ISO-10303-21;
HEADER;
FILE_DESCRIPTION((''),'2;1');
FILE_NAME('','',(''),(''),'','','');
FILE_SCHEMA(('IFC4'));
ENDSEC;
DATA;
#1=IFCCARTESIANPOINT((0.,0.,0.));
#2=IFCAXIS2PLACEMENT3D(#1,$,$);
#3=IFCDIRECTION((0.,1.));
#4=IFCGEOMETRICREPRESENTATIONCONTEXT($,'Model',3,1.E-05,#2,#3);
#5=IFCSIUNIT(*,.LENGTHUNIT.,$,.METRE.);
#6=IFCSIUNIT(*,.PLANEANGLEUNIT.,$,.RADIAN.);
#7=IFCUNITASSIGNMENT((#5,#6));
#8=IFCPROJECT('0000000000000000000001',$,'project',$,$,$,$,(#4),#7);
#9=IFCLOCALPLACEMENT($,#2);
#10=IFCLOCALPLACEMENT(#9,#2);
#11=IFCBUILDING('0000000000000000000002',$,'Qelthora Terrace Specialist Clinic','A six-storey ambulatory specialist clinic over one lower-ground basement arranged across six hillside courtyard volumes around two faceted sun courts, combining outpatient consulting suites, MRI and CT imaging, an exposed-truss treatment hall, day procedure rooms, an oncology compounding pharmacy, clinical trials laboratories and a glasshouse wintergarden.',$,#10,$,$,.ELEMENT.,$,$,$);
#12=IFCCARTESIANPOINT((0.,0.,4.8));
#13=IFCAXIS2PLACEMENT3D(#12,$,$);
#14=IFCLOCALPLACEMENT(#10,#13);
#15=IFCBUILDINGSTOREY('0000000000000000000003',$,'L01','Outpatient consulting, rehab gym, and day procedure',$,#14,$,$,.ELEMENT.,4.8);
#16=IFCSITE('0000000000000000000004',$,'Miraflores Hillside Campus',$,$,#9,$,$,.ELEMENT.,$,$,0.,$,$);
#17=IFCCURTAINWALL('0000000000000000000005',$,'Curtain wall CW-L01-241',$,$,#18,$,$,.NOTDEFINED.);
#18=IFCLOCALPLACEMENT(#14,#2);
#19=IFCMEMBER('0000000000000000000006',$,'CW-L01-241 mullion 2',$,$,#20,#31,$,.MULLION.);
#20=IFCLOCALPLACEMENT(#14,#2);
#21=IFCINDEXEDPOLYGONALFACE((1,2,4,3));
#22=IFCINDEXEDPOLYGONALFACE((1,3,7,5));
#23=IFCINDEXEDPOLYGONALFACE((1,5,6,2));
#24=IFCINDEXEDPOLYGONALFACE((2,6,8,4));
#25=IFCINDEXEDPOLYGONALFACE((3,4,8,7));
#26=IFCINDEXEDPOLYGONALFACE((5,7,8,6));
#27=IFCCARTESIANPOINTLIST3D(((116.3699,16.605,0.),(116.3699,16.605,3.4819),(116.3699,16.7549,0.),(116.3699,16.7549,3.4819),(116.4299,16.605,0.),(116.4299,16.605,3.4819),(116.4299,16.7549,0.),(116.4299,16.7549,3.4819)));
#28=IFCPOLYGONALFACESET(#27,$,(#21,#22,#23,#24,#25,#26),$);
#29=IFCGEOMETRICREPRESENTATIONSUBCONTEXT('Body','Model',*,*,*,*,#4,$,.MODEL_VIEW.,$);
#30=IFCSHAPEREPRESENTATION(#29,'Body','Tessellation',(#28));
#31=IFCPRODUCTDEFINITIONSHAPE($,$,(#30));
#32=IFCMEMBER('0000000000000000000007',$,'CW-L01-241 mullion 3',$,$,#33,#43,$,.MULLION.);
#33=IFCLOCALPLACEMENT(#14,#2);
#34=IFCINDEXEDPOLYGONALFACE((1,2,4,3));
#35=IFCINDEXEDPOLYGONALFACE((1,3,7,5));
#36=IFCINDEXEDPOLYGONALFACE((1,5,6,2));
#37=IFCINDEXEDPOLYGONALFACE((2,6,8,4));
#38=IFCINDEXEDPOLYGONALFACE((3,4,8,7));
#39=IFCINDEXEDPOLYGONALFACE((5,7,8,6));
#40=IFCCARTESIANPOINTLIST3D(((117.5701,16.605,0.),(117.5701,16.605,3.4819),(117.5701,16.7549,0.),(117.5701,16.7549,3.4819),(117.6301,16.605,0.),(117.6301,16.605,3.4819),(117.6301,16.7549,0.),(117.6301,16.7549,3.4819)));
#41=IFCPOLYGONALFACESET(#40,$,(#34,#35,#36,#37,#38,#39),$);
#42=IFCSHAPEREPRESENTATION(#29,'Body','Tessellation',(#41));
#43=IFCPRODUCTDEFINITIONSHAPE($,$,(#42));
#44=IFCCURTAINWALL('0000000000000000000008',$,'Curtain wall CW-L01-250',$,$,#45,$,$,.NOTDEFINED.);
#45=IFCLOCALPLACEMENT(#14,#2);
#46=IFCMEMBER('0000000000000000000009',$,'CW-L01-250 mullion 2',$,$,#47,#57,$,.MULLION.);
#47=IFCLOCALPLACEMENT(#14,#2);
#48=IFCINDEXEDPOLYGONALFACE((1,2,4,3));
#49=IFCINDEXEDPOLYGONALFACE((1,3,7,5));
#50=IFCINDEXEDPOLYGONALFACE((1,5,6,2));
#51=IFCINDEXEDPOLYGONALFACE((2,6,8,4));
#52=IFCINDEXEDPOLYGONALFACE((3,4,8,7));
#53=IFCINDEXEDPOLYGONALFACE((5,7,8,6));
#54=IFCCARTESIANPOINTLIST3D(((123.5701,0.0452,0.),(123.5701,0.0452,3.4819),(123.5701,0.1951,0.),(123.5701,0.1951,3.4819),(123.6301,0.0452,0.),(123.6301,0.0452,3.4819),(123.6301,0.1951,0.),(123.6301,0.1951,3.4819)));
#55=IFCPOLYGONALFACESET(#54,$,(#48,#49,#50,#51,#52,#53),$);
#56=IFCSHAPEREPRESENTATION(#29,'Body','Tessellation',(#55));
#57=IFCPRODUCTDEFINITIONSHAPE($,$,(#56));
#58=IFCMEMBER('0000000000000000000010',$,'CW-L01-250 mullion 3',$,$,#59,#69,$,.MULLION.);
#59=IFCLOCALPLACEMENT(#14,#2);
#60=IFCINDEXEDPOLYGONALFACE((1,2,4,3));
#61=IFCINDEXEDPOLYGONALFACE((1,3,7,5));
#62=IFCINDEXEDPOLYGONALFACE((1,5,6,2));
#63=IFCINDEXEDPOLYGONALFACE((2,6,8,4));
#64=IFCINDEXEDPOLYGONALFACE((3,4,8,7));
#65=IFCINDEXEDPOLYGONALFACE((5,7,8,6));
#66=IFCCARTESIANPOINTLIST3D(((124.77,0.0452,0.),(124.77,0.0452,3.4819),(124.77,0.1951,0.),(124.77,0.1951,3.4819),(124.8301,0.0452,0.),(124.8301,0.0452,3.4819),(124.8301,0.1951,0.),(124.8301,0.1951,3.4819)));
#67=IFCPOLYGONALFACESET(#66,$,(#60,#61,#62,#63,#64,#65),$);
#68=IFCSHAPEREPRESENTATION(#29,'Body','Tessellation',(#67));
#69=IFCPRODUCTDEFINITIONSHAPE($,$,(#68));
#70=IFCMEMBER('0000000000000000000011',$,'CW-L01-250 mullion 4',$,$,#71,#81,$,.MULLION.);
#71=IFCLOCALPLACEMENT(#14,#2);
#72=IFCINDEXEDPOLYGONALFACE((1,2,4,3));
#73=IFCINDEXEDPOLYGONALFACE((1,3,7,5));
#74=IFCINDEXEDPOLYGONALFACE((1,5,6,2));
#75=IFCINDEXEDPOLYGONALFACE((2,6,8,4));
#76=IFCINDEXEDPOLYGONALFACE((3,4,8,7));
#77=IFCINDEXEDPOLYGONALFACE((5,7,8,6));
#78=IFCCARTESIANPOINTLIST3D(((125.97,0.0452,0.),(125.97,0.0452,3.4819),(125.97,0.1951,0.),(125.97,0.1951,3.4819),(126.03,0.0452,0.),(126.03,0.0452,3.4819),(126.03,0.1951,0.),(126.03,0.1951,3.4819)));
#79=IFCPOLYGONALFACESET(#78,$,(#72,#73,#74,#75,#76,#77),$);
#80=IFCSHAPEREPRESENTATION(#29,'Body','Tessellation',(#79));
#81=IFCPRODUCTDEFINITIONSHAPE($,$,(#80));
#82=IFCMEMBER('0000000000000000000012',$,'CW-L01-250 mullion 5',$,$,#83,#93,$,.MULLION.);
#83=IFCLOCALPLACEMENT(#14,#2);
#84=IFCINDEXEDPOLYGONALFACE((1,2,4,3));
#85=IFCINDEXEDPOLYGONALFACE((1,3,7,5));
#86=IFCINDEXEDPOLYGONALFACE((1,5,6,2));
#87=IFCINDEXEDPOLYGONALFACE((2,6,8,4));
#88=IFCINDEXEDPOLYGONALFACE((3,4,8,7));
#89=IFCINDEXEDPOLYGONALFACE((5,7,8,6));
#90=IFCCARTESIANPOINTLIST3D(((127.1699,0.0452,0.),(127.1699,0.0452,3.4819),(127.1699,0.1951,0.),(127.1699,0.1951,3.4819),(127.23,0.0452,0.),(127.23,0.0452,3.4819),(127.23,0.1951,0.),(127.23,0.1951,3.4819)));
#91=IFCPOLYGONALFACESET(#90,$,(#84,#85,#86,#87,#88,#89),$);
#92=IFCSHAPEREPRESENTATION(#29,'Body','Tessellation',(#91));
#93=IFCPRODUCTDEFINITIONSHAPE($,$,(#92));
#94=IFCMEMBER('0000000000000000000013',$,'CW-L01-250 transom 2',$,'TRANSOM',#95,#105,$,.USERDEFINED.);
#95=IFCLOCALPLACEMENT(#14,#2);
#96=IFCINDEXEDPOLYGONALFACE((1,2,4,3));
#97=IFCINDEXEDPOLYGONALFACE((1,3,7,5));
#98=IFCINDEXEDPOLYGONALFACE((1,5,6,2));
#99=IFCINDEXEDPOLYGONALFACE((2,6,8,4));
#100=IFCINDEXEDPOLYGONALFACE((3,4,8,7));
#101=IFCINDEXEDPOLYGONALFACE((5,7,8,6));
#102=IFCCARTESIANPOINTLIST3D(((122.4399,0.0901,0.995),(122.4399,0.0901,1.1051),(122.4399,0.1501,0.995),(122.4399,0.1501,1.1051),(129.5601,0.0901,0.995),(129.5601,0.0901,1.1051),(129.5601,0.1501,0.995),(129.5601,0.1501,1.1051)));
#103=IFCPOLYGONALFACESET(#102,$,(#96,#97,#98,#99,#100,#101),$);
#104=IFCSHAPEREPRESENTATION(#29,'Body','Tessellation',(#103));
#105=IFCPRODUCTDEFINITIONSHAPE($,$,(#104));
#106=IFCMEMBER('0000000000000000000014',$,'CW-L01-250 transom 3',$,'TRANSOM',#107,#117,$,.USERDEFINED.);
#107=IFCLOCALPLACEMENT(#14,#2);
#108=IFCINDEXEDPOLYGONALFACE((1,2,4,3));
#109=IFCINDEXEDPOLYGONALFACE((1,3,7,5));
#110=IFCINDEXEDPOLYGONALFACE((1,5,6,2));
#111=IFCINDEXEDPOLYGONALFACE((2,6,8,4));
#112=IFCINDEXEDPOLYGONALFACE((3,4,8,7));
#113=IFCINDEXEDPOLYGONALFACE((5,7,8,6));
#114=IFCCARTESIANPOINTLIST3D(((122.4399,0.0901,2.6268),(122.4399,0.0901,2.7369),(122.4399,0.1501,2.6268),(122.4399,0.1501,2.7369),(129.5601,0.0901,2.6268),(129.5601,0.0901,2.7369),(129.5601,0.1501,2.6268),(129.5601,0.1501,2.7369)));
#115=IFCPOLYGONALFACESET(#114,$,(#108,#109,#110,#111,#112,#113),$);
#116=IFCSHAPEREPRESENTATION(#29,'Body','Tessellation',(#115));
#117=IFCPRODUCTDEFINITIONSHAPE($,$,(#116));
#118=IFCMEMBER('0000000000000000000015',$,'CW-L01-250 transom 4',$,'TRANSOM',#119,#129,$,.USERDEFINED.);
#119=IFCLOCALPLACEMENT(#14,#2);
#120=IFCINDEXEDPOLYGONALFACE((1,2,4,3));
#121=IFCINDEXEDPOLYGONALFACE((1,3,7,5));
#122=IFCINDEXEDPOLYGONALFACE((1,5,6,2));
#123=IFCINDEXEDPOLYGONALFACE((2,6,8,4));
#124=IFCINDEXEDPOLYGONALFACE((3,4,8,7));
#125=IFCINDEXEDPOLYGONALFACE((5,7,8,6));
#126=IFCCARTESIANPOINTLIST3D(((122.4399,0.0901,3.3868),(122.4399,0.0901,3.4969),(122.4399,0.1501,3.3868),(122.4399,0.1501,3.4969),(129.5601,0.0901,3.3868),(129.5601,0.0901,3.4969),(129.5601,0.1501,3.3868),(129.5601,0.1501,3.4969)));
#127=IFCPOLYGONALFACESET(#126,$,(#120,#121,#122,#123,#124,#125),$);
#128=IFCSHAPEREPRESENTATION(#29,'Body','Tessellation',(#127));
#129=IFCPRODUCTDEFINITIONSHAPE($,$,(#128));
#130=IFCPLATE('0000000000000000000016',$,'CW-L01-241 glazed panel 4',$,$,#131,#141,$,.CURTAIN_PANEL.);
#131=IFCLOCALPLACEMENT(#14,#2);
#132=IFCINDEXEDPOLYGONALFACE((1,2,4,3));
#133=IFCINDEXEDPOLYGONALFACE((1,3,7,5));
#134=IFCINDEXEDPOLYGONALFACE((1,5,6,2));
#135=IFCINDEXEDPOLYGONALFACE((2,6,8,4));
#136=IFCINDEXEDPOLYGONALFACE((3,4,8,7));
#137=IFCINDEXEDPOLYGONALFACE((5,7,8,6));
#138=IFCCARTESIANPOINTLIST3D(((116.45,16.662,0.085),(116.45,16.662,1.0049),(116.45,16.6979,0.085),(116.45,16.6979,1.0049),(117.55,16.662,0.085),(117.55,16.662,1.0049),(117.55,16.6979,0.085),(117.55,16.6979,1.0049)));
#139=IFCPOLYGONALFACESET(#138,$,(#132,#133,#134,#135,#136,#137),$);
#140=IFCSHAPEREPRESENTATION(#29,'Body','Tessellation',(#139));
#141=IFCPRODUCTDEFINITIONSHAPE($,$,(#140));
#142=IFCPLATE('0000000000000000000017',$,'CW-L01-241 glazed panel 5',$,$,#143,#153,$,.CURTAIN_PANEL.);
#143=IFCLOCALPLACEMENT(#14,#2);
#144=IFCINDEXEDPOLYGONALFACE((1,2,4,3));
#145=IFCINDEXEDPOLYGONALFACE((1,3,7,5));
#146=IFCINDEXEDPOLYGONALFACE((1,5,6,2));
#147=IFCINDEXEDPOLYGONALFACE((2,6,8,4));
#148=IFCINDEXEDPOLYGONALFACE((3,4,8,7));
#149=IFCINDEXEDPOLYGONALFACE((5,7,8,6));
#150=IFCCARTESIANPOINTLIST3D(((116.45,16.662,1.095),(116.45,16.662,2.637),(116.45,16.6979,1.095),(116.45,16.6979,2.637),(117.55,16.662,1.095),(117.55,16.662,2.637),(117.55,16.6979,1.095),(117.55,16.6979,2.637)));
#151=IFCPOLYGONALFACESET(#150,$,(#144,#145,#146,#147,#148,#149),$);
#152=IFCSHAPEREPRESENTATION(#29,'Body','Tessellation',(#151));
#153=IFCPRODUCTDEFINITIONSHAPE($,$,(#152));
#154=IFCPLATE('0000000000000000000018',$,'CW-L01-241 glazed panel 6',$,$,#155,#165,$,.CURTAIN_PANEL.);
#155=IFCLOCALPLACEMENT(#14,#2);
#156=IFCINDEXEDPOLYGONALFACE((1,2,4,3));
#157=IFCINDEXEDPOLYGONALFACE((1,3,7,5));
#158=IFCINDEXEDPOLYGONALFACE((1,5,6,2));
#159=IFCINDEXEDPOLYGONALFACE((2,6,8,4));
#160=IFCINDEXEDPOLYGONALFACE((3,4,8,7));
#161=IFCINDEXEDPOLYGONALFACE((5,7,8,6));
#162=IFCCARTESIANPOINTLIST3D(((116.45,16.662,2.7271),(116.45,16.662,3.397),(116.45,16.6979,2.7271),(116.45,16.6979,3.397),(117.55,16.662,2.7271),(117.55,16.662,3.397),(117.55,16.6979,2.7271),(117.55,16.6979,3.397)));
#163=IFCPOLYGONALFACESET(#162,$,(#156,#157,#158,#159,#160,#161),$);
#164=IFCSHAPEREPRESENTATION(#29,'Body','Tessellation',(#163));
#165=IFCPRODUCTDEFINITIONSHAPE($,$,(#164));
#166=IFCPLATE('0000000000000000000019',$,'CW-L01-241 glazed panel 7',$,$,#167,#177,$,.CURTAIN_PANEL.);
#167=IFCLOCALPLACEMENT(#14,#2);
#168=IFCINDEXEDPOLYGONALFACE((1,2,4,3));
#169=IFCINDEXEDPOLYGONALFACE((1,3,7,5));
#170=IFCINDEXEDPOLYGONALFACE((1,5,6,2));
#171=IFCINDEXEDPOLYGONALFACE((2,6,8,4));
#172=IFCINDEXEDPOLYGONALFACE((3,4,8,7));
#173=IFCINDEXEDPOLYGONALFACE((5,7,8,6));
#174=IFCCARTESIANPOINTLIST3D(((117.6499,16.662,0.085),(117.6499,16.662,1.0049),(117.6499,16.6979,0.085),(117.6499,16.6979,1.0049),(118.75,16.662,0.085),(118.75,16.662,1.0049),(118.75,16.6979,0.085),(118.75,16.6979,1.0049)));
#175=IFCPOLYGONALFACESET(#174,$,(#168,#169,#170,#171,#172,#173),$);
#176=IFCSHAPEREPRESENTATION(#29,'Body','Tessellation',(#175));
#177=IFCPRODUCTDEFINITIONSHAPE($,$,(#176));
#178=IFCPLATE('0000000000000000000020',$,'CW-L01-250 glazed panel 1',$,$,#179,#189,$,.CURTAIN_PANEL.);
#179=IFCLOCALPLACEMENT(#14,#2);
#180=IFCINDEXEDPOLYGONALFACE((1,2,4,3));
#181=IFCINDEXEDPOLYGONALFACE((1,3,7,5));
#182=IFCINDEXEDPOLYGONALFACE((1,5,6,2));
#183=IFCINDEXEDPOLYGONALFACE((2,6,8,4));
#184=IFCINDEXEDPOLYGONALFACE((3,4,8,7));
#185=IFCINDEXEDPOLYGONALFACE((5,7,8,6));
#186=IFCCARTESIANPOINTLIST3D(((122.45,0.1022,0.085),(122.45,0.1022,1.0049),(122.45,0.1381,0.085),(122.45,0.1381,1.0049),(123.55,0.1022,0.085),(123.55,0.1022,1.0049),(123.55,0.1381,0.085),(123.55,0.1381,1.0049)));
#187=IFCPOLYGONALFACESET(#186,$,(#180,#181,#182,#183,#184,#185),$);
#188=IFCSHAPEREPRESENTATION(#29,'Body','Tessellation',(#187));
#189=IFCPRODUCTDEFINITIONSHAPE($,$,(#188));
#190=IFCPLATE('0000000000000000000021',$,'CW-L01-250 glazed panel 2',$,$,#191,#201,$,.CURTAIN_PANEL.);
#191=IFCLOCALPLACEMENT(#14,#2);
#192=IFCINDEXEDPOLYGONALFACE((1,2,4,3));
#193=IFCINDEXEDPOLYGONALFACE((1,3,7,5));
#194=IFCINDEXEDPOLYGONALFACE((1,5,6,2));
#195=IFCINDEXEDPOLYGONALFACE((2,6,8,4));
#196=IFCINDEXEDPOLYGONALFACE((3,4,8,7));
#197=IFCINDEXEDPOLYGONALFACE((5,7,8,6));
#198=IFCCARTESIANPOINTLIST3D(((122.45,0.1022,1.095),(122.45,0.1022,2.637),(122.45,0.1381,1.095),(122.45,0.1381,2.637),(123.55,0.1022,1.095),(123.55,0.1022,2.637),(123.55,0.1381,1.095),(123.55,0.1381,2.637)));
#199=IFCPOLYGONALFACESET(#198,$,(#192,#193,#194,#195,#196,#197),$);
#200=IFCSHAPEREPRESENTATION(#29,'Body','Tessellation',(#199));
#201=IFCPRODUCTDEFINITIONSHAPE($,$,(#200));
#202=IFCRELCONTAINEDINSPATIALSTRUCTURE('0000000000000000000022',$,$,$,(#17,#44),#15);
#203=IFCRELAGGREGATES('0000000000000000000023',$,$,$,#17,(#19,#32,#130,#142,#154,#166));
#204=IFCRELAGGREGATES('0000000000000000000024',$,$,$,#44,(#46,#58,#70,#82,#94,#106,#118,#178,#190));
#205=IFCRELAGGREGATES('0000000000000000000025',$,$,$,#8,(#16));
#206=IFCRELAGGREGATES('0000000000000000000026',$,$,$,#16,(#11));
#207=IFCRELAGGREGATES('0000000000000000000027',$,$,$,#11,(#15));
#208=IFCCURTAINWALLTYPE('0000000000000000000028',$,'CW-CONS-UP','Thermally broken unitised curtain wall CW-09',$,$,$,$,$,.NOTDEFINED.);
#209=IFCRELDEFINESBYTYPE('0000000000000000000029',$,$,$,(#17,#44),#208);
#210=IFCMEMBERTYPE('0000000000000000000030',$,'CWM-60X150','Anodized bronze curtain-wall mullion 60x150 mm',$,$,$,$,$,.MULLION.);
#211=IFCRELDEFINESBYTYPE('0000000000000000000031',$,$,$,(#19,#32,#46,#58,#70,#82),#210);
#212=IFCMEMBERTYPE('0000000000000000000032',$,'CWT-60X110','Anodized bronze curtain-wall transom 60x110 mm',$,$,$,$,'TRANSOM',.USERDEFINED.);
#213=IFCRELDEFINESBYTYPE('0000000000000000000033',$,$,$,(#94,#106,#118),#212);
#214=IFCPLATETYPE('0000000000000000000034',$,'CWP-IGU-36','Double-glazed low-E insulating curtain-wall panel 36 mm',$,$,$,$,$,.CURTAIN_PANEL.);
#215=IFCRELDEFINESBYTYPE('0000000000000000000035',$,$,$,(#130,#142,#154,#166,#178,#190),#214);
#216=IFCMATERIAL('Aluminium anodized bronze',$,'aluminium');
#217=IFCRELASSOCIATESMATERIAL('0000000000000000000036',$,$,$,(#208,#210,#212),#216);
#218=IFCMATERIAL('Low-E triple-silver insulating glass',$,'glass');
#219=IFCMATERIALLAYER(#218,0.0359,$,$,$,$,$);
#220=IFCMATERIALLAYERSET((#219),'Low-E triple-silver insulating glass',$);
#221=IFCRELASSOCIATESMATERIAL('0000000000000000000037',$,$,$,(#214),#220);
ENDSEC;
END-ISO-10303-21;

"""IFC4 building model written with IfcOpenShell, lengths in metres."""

from ifc_helpers import new_model, si_unit, direction, frame, origin, origin_2d, place, context, subcontext, project, spatial, rectangle, extrude, material, layer, layer_set, material_profile, profile_set, type_object, element, aggregate, save


model = new_model("IFC4")

# Units and contexts
model_context = context("Model", 3, precision=1e-05, world=origin(), true_north=direction((0.0, 1.0)))
body_context = subcontext(model_context, "Body", "Model", "MODEL_VIEW")
ifc_project = project(units=[si_unit("LENGTHUNIT", "METRE"), si_unit("PLANEANGLEUNIT", "RADIAN")], contexts=[model_context])

# Site, building, storey
site_placement = place(None, origin())
site = spatial("IfcSite", under=ifc_project, at=site_placement, Name="Miraflores Hillside Campus", CompositionType="ELEMENT", RefElevation=0.0)
building_placement = place(site_placement, origin())
building = spatial("IfcBuilding", under=site, at=building_placement, Name="Qelthora Terrace Specialist Clinic", Description="A six-storey ambulatory specialist clinic over one lower-ground basement arranged across six hillside courtyard volumes around two faceted sun courts, combining outpatient consulting suites, MRI and CT imaging, an exposed-truss treatment hall, day procedure rooms, an oncology compounding pharmacy, clinical trials laboratories and a glasshouse wintergarden.", CompositionType="ELEMENT")
storey_placement = place(building_placement, frame((0.0, 0.0, 4.8)))
storey = spatial("IfcBuildingStorey", under=building, at=storey_placement, Name="L01", Description="Outpatient consulting, rehab gym, and day procedure", CompositionType="ELEMENT", Elevation=4.8)

# Curtain walls, members
ifc_material_1 = material(Name="Aluminium anodized bronze", Category="aluminium")
curtain_wall_type = type_object("IfcCurtainWallType", Name="CW-CONS-UP", Description="Thermally broken unitised curtain wall CW-09", PredefinedType="NOTDEFINED", material=ifc_material_1)
curtain_wall_1_placement = place(storey_placement, origin())
curtain_wall_1 = element("IfcCurtainWall", 1, at=curtain_wall_1_placement, inside=storey, type_object=curtain_wall_type, Name="Curtain wall CW-L01-241", PredefinedType="NOTDEFINED")
ifc_material_profile_1 = material_profile(ifc_material_1, rectangle(XDim=0.0601, YDim=0.1499, at=origin_2d()), Name="CWM60X150")
ifc_profile_set_1 = profile_set([ifc_material_profile_1], Name="Aluminium anodized bronze")
member_type_1 = type_object("IfcMemberType", Name="CWM-60X150", Description="Anodized bronze curtain-wall mullion 60x150 mm", PredefinedType="MULLION", material=ifc_profile_set_1)
member_1_placement = place(storey_placement, frame((116.3999, 16.6799, 0.0), z_axis=(0.0, 0.0, 1.0), x_axis=(1.0, 0.0, 0.0)))
member_1 = element("IfcMember", 2, at=member_1_placement, type_object=member_type_1, Name="CW-L01-241 mullion 2", PredefinedType="MULLION", context=body_context, shape_type="SweptSolid", body=[
    extrude(rectangle(XDim=0.0601, YDim=0.1499, at=origin_2d()), origin(), (0.0, 0.0, 1.0), 3.4819),
])
member_2_placement = place(storey_placement, frame((117.6001, 16.6799, 0.0), z_axis=(0.0, 0.0, 1.0), x_axis=(1.0, 0.0, 0.0)))
member_2 = element("IfcMember", 3, at=member_2_placement, type_object=member_type_1, Name="CW-L01-241 mullion 3", PredefinedType="MULLION", context=body_context, shape_type="SweptSolid", body=[
    extrude(rectangle(XDim=0.0601, YDim=0.1499, at=origin_2d()), origin(), (0.0, 0.0, 1.0), 3.4819),
])
curtain_wall_2_placement = place(storey_placement, origin())
curtain_wall_2 = element("IfcCurtainWall", 4, at=curtain_wall_2_placement, inside=storey, type_object=curtain_wall_type, Name="Curtain wall CW-L01-250", PredefinedType="NOTDEFINED")
member_3_placement = place(storey_placement, frame((123.6001, 0.1201, 0.0), z_axis=(0.0, 0.0, 1.0), x_axis=(1.0, 0.0, 0.0)))
member_3 = element("IfcMember", 5, at=member_3_placement, type_object=member_type_1, Name="CW-L01-250 mullion 2", PredefinedType="MULLION", context=body_context, shape_type="SweptSolid", body=[
    extrude(rectangle(XDim=0.0601, YDim=0.1499, at=origin_2d()), origin(), (0.0, 0.0, 1.0), 3.4819),
])
member_4_placement = place(storey_placement, frame((124.8, 0.1201, 0.0), z_axis=(0.0, 0.0, 1.0), x_axis=(1.0, 0.0, 0.0)))
member_4 = element("IfcMember", 6, at=member_4_placement, type_object=member_type_1, Name="CW-L01-250 mullion 3", PredefinedType="MULLION", context=body_context, shape_type="SweptSolid", body=[
    extrude(rectangle(XDim=0.0601, YDim=0.1499, at=origin_2d()), origin(), (0.0, 0.0, 1.0), 3.4819),
])
member_5_placement = place(storey_placement, frame((126.0, 0.1201, 0.0), z_axis=(0.0, 0.0, 1.0), x_axis=(1.0, 0.0, 0.0)))
member_5 = element("IfcMember", 7, at=member_5_placement, type_object=member_type_1, Name="CW-L01-250 mullion 4", PredefinedType="MULLION", context=body_context, shape_type="SweptSolid", body=[
    extrude(rectangle(XDim=0.0601, YDim=0.1499, at=origin_2d()), origin(), (0.0, 0.0, 1.0), 3.4819),
])
member_6_placement = place(storey_placement, frame((127.2, 0.1201, 0.0), z_axis=(0.0, 0.0, 1.0), x_axis=(1.0, 0.0, 0.0)))
member_6 = element("IfcMember", 8, at=member_6_placement, type_object=member_type_1, Name="CW-L01-250 mullion 5", PredefinedType="MULLION", context=body_context, shape_type="SweptSolid", body=[
    extrude(rectangle(XDim=0.0601, YDim=0.1499, at=origin_2d()), origin(), (0.0, 0.0, 1.0), 3.4819),
])
ifc_material_profile_2 = material_profile(ifc_material_1, rectangle(XDim=0.0601, YDim=0.1101, at=origin_2d()), Name="CWT60X110")
ifc_profile_set_2 = profile_set([ifc_material_profile_2], Name="Aluminium anodized bronze")
member_type_2 = type_object("IfcMemberType", Name="CWT-60X110", Description="Anodized bronze curtain-wall transom 60x110 mm", ElementType="TRANSOM", PredefinedType="USERDEFINED", material=ifc_profile_set_2)
member_7_placement = place(storey_placement, frame((122.4399, 0.1201, 1.05), z_axis=(1.0, 0.0, 0.0), x_axis=(0.0, 1.0, 0.0)))
member_7 = element("IfcMember", 9, at=member_7_placement, type_object=member_type_2, Name="CW-L01-250 transom 2", ObjectType="TRANSOM", PredefinedType="USERDEFINED", context=body_context, shape_type="SweptSolid", body=[
    extrude(rectangle(XDim=0.0601, YDim=0.1101, at=origin_2d()), origin(), (0.0, 0.0, 1.0), 7.1201),
])
member_8_placement = place(storey_placement, frame((122.4399, 0.1201, 2.6819), z_axis=(1.0, 0.0, 0.0), x_axis=(0.0, 1.0, 0.0)))
member_8 = element("IfcMember", 10, at=member_8_placement, type_object=member_type_2, Name="CW-L01-250 transom 3", ObjectType="TRANSOM", PredefinedType="USERDEFINED", context=body_context, shape_type="SweptSolid", body=[
    extrude(rectangle(XDim=0.0601, YDim=0.1101, at=origin_2d()), origin(), (0.0, 0.0, 1.0), 7.1201),
])
member_9_placement = place(storey_placement, frame((122.4399, 0.1201, 3.4419), z_axis=(1.0, 0.0, 0.0), x_axis=(0.0, 1.0, 0.0)))
member_9 = element("IfcMember", 11, at=member_9_placement, type_object=member_type_2, Name="CW-L01-250 transom 4", ObjectType="TRANSOM", PredefinedType="USERDEFINED", context=body_context, shape_type="SweptSolid", body=[
    extrude(rectangle(XDim=0.0601, YDim=0.1101, at=origin_2d()), origin(), (0.0, 0.0, 1.0), 7.1201),
])

# Plates
ifc_material_2 = material(Name="Low-E triple-silver insulating glass", Category="glass")
ifc_layer_1 = layer(ifc_material_2, 0.0359)
ifc_layer_set_1 = layer_set([ifc_layer_1], Name="Low-E triple-silver insulating glass")
plate_type = type_object("IfcPlateType", Name="CWP-IGU-36", Description="Double-glazed low-E insulating curtain-wall panel 36 mm", PredefinedType="CURTAIN_PANEL", material=ifc_layer_set_1)
plate_1_placement = place(storey_placement, frame((117.0, 16.6799, 0.085), z_axis=(0.0, 0.0, 1.0), x_axis=(1.0, 0.0, 0.0)))
plate_1 = element("IfcPlate", 12, at=plate_1_placement, type_object=plate_type, Name="CW-L01-241 glazed panel 4", PredefinedType="CURTAIN_PANEL", context=body_context, shape_type="SweptSolid", body=[
    extrude(rectangle(XDim=1.1001, YDim=0.0359, at=origin_2d()), origin(), (0.0, 0.0, 1.0), 0.9199),
])
plate_2_placement = place(storey_placement, frame((117.0, 16.6799, 1.095), z_axis=(0.0, 0.0, 1.0), x_axis=(1.0, 0.0, 0.0)))
plate_2 = element("IfcPlate", 13, at=plate_2_placement, type_object=plate_type, Name="CW-L01-241 glazed panel 5", PredefinedType="CURTAIN_PANEL", context=body_context, shape_type="SweptSolid", body=[
    extrude(rectangle(XDim=1.1001, YDim=0.0359, at=origin_2d()), origin(), (0.0, 0.0, 1.0), 1.542),
])
plate_3_placement = place(storey_placement, frame((117.0, 16.6799, 2.7271), z_axis=(0.0, 0.0, 1.0), x_axis=(1.0, 0.0, 0.0)))
plate_3 = element("IfcPlate", 14, at=plate_3_placement, type_object=plate_type, Name="CW-L01-241 glazed panel 6", PredefinedType="CURTAIN_PANEL", context=body_context, shape_type="SweptSolid", body=[
    extrude(rectangle(XDim=1.1001, YDim=0.0359, at=origin_2d()), origin(), (0.0, 0.0, 1.0), 0.6699),
])
plate_4_placement = place(storey_placement, frame((118.2, 16.6799, 0.085), z_axis=(0.0, 0.0, 1.0), x_axis=(1.0, 0.0, 0.0)))
plate_4 = element("IfcPlate", 15, at=plate_4_placement, type_object=plate_type, Name="CW-L01-241 glazed panel 7", PredefinedType="CURTAIN_PANEL", context=body_context, shape_type="SweptSolid", body=[
    extrude(rectangle(XDim=1.1001, YDim=0.0359, at=origin_2d()), origin(), (0.0, 0.0, 1.0), 0.9199),
])
aggregate(curtain_wall_1, [member_1, member_2, plate_1, plate_2, plate_3, plate_4])
plate_5_placement = place(storey_placement, frame((123.0, 0.1201, 0.085), z_axis=(0.0, 0.0, 1.0), x_axis=(1.0, 0.0, 0.0)))
plate_5 = element("IfcPlate", 16, at=plate_5_placement, type_object=plate_type, Name="CW-L01-250 glazed panel 1", PredefinedType="CURTAIN_PANEL", context=body_context, shape_type="SweptSolid", body=[
    extrude(rectangle(XDim=1.1001, YDim=0.0359, at=origin_2d()), origin(), (0.0, 0.0, 1.0), 0.9199),
])
plate_6_placement = place(storey_placement, frame((123.0, 0.1201, 1.095), z_axis=(0.0, 0.0, 1.0), x_axis=(1.0, 0.0, 0.0)))
plate_6 = element("IfcPlate", 17, at=plate_6_placement, type_object=plate_type, Name="CW-L01-250 glazed panel 2", PredefinedType="CURTAIN_PANEL", context=body_context, shape_type="SweptSolid", body=[
    extrude(rectangle(XDim=1.1001, YDim=0.0359, at=origin_2d()), origin(), (0.0, 0.0, 1.0), 1.542),
])
aggregate(curtain_wall_2, [member_3, member_4, member_5, member_6, member_7, member_8, member_9, plate_5, plate_6])

save(model, "model.ifc")
